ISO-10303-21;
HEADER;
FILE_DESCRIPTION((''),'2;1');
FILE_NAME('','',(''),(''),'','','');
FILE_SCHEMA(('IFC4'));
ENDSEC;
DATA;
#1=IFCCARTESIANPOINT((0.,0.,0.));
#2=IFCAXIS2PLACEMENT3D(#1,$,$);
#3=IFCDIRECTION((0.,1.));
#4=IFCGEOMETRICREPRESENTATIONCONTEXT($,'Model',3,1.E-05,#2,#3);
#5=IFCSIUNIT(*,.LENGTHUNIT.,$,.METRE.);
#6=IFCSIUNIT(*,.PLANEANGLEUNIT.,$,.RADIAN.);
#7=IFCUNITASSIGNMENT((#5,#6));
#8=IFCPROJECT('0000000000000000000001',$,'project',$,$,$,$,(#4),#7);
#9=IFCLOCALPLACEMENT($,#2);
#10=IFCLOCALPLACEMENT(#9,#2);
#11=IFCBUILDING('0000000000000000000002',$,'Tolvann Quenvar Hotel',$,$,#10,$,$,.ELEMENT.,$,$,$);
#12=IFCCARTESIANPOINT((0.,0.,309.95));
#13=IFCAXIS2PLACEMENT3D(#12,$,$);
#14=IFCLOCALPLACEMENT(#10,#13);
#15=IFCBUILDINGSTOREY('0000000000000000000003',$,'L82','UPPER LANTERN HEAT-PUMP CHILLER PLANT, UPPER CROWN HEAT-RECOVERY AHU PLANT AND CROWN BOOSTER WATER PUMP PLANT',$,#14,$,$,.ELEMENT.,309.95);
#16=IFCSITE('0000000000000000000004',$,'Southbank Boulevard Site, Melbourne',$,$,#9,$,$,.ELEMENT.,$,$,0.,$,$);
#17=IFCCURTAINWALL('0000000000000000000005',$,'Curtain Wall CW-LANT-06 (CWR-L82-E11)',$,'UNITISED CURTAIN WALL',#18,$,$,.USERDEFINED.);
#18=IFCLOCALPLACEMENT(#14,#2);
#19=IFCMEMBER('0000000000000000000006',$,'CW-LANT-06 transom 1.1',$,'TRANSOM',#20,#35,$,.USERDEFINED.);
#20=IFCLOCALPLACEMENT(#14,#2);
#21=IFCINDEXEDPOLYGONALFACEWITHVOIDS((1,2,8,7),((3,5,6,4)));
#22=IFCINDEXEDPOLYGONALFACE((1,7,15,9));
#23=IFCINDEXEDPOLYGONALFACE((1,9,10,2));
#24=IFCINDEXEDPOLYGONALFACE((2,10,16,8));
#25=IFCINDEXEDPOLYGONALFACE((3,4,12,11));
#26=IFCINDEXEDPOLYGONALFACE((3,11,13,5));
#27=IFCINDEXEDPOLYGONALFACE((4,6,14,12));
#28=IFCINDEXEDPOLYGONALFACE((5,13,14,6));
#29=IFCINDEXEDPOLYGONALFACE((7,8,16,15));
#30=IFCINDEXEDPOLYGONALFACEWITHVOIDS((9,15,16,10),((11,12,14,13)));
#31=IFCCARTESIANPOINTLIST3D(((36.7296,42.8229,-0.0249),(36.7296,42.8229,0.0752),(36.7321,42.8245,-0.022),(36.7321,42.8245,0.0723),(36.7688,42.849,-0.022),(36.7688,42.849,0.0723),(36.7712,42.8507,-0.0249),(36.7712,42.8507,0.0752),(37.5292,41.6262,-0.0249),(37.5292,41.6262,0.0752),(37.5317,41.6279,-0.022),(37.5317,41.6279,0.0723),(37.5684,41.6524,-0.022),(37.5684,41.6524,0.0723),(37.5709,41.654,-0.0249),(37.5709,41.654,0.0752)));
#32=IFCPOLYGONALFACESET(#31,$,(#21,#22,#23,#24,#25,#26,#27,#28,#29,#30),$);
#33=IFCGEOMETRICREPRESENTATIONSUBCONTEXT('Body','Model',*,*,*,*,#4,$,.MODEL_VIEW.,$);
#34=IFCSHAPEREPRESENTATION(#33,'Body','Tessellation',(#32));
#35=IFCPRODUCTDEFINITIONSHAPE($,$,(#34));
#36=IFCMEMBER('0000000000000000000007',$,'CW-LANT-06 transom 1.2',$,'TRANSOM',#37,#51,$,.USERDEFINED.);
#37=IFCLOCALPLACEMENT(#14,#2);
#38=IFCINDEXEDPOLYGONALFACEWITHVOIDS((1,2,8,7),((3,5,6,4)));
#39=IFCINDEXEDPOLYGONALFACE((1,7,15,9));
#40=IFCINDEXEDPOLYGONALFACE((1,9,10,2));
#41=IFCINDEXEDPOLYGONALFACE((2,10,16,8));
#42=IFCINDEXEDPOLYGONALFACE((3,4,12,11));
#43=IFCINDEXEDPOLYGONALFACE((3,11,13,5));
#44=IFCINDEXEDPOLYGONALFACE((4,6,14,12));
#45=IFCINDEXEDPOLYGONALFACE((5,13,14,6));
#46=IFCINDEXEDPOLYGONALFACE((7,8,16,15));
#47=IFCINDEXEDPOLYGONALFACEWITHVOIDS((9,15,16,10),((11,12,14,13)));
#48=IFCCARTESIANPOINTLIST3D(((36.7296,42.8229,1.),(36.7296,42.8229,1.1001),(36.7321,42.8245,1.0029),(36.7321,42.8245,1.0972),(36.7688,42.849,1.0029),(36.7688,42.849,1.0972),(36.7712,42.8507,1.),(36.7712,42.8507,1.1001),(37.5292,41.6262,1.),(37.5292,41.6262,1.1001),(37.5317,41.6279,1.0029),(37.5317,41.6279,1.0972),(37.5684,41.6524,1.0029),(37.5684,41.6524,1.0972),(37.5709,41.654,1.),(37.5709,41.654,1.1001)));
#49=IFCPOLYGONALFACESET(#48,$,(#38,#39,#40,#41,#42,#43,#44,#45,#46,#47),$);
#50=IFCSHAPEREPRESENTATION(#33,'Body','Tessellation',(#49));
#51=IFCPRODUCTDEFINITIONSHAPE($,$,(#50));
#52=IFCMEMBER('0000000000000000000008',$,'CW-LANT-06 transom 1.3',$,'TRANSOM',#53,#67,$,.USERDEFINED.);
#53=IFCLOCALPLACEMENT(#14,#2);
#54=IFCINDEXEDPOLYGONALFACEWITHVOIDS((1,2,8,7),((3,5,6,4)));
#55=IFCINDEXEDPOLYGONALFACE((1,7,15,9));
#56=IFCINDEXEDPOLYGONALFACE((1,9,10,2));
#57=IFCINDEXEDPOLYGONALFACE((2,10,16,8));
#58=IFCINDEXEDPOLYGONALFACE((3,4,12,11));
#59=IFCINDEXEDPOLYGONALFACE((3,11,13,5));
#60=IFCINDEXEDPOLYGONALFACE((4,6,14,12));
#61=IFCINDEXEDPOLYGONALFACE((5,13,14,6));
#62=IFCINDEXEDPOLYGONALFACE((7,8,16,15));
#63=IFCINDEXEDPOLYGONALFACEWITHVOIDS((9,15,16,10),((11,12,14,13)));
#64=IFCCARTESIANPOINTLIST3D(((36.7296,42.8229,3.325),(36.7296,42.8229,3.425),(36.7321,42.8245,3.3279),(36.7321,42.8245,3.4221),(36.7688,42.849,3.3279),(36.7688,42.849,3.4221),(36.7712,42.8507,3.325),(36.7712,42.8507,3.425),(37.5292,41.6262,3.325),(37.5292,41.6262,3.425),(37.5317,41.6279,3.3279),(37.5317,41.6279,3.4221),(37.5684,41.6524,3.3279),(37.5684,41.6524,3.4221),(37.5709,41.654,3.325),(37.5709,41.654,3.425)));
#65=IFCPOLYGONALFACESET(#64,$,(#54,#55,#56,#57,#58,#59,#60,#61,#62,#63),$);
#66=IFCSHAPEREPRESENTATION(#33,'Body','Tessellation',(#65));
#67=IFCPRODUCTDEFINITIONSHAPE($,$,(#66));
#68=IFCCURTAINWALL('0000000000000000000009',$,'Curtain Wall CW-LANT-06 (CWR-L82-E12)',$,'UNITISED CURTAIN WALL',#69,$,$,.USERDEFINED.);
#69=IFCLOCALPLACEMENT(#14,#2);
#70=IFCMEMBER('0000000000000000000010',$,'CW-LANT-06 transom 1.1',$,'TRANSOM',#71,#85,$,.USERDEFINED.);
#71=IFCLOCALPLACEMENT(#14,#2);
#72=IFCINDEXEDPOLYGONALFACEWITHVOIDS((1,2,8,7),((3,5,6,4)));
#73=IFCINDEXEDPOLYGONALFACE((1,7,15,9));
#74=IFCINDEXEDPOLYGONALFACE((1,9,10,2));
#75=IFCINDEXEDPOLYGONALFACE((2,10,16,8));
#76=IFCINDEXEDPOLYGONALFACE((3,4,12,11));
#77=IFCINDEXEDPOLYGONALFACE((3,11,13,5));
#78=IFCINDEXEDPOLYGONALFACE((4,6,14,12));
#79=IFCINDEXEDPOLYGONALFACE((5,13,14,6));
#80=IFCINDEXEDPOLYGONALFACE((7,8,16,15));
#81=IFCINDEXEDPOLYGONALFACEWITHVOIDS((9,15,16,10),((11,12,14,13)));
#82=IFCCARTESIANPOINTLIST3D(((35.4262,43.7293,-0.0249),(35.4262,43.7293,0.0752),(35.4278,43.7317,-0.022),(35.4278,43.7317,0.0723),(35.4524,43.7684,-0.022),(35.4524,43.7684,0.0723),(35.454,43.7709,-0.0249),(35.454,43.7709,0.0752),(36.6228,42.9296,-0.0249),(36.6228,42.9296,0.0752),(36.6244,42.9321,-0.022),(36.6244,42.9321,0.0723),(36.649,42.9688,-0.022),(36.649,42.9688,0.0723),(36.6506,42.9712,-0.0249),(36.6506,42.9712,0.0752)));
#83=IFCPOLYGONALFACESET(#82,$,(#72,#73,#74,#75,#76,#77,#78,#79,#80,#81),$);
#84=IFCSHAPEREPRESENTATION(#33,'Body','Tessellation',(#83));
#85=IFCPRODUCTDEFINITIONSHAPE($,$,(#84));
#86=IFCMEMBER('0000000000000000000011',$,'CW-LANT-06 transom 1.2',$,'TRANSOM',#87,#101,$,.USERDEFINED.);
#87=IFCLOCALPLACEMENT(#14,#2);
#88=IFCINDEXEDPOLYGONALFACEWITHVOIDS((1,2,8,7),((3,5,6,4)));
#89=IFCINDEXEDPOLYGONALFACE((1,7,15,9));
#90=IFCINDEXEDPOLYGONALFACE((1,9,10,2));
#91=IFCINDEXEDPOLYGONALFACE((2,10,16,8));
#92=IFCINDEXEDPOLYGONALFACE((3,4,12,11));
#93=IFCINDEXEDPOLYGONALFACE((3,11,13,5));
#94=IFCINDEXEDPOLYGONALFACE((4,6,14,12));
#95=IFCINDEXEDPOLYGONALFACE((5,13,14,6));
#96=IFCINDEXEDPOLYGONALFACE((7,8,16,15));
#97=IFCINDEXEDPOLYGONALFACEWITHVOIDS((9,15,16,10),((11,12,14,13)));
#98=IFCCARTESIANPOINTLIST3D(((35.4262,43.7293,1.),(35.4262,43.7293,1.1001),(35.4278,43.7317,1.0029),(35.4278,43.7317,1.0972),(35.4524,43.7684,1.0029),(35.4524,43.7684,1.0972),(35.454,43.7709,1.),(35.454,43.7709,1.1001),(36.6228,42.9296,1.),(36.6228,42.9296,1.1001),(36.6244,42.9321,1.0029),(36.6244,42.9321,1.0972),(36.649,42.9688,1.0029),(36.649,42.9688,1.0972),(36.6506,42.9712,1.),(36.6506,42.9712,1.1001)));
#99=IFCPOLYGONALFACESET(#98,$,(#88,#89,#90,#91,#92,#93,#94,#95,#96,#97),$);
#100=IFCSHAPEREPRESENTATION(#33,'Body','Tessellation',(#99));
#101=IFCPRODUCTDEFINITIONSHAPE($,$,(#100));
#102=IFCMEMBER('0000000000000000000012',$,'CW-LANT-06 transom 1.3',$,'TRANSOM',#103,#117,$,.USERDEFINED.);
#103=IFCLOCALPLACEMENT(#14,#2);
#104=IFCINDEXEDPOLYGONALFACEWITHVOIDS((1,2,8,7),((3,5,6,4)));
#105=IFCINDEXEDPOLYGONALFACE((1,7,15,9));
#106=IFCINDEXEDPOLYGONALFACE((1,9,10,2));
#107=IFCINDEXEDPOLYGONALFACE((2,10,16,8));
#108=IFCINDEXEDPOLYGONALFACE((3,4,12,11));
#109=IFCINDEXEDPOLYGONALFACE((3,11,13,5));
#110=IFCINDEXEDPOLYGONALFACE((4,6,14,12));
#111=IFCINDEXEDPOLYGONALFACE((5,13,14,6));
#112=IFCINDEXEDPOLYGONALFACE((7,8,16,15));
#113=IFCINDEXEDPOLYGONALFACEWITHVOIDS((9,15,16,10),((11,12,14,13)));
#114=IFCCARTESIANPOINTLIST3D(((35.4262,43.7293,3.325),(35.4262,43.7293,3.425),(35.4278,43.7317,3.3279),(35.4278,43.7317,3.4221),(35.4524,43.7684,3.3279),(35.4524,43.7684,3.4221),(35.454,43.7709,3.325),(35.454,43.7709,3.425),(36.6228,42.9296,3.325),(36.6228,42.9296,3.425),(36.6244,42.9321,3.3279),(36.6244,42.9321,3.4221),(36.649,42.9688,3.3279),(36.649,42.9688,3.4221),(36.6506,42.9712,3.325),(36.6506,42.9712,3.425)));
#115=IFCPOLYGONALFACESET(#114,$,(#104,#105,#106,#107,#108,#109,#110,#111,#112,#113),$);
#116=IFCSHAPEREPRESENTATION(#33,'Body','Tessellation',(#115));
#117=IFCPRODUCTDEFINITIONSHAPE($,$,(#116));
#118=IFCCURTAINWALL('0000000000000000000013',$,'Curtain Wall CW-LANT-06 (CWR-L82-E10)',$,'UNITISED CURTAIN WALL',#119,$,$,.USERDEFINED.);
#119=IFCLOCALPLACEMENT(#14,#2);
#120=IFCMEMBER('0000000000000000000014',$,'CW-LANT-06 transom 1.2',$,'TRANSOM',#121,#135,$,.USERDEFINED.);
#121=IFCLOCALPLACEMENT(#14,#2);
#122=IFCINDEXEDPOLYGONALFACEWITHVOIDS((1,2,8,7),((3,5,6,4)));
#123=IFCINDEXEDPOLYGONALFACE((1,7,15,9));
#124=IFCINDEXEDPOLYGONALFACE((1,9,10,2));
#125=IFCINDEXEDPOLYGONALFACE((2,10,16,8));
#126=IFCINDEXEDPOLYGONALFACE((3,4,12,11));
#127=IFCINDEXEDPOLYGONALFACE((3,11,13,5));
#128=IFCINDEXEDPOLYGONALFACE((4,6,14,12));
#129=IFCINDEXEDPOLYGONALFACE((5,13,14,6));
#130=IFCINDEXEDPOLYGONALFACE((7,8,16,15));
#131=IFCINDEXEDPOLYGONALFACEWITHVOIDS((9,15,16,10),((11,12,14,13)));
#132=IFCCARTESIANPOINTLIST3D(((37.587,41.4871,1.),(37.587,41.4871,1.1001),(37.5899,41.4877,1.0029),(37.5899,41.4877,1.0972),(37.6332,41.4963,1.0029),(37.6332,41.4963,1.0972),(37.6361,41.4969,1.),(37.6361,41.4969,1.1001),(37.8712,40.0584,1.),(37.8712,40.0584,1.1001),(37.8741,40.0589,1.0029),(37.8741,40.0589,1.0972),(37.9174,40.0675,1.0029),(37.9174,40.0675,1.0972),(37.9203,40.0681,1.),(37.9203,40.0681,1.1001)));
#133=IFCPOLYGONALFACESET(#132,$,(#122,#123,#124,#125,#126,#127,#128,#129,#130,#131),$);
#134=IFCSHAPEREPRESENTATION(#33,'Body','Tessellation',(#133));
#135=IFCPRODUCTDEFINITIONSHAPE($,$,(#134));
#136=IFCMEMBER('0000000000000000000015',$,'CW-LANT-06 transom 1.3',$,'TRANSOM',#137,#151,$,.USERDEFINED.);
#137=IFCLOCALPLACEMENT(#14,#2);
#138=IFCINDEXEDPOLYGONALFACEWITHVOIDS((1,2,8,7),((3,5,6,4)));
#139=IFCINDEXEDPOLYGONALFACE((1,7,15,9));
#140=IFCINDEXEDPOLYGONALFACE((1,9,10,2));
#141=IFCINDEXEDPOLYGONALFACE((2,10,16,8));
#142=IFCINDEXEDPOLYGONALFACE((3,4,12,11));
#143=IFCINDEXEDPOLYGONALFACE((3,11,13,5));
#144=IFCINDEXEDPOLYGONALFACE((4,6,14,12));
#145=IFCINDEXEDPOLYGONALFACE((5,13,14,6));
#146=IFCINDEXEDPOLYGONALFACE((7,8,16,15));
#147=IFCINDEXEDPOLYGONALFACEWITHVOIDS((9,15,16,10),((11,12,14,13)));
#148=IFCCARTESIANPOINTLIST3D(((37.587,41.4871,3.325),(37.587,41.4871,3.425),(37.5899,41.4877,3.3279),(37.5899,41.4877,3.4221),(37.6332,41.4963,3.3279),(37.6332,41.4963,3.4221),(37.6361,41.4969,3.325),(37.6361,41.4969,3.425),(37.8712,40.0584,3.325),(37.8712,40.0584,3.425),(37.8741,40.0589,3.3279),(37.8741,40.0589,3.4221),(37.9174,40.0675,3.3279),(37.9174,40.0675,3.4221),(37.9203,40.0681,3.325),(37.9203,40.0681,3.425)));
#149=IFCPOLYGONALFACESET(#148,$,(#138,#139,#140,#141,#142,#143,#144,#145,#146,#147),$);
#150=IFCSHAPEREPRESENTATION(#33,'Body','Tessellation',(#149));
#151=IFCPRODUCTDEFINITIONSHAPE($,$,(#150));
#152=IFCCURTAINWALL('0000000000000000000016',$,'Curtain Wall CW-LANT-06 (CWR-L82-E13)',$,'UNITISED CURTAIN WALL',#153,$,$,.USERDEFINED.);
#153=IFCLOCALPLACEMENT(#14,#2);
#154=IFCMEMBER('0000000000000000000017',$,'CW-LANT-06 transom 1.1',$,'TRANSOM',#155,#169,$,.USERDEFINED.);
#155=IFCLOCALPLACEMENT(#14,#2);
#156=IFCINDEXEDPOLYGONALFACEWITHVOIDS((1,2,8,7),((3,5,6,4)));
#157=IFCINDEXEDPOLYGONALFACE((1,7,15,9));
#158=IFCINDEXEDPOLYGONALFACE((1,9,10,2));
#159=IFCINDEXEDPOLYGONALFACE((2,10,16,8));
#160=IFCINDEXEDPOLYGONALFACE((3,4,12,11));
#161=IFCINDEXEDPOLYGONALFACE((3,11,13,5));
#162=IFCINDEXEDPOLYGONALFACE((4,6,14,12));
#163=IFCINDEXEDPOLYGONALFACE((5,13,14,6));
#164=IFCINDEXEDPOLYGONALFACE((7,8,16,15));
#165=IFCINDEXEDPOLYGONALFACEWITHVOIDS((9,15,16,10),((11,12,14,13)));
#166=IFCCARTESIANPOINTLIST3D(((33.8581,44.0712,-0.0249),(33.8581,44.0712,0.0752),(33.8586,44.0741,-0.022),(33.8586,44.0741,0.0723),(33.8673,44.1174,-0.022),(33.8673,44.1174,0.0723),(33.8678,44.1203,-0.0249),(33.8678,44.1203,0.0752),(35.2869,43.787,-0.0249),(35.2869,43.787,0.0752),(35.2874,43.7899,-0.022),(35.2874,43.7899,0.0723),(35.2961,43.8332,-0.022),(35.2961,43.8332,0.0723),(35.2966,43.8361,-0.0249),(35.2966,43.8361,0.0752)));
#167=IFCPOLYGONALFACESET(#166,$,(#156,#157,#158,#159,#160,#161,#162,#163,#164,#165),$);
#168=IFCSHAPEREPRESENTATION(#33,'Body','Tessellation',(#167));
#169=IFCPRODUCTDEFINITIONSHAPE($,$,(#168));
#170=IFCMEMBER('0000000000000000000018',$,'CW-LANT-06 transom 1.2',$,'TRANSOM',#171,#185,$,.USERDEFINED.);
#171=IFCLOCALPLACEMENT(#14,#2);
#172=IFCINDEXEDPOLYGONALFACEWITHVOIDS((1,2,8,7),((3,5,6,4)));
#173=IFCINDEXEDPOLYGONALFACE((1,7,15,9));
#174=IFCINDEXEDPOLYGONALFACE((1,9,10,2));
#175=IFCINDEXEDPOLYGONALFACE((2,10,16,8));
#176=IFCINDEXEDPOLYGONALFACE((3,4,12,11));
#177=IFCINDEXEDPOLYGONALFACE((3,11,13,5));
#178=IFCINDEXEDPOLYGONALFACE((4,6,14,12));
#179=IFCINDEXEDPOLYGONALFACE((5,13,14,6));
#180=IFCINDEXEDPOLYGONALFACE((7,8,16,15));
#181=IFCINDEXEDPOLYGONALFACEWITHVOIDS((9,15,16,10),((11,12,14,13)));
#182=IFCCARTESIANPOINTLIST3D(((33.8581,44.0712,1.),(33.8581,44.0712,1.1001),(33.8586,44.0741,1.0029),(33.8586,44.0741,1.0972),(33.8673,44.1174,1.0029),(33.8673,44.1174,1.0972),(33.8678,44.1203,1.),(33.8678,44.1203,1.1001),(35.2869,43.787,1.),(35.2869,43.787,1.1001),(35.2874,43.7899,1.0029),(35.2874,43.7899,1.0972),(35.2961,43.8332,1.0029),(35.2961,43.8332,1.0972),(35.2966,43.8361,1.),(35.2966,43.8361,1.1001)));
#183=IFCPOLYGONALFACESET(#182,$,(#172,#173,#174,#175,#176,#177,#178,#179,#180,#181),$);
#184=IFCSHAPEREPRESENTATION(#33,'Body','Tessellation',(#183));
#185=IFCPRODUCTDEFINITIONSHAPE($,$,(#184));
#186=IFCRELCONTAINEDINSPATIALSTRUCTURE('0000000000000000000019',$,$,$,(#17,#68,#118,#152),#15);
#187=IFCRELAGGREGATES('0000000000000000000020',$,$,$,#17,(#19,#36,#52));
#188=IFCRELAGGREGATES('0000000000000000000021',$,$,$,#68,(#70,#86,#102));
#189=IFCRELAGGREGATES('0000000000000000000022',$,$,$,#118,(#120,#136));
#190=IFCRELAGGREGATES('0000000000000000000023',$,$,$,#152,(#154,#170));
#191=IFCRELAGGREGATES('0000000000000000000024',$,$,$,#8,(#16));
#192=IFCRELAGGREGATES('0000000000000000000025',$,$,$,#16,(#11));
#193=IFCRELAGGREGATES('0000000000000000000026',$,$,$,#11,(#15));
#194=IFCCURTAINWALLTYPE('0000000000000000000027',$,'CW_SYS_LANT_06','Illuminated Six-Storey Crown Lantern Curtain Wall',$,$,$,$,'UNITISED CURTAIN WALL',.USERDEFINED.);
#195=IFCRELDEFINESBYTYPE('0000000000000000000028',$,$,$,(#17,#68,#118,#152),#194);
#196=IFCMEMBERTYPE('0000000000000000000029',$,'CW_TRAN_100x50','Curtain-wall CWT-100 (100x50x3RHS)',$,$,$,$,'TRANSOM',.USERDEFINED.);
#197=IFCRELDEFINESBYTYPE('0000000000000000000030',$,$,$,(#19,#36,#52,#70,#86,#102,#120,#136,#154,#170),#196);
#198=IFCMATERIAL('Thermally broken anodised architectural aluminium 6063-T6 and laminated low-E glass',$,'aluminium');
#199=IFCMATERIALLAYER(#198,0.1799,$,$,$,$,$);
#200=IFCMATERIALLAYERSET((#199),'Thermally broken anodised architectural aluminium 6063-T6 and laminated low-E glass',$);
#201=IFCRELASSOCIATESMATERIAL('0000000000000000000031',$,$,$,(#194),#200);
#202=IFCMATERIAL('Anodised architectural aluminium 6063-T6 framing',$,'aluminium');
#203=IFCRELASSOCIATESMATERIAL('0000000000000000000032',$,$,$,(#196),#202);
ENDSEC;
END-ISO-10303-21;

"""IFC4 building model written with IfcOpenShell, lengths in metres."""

from ifc_helpers import new_model, si_unit, direction, frame, origin, origin_2d, place, context, subcontext, project, spatial, hollow_rectangle, extrude, source, transform, mapped, material, layer, layer_set, material_profile, profile_set, type_object, type_shapes, element, aggregate, save


model = new_model("IFC4")

# Units and contexts
model_context = context("Model", 3, precision=1e-05, world=origin(), true_north=direction((0.0, 1.0)))
body_context = subcontext(model_context, "Body", "Model", "MODEL_VIEW")
ifc_project = project(units=[si_unit("LENGTHUNIT", "METRE"), si_unit("PLANEANGLEUNIT", "RADIAN")], contexts=[model_context])

# Site, building, storey
site_placement = place(None, origin())
site = spatial("IfcSite", under=ifc_project, at=site_placement, Name="Southbank Boulevard Site, Melbourne", CompositionType="ELEMENT", RefElevation=0.0)
building_placement = place(site_placement, origin())
building = spatial("IfcBuilding", under=site, at=building_placement, Name="Tolvann Quenvar Hotel", CompositionType="ELEMENT")
storey_placement = place(building_placement, frame((0.0, 0.0, 309.95)))
storey = spatial("IfcBuildingStorey", under=building, at=storey_placement, Name="L82", Description="UPPER LANTERN HEAT-PUMP CHILLER PLANT, UPPER CROWN HEAT-RECOVERY AHU PLANT AND CROWN BOOSTER WATER PUMP PLANT", CompositionType="ELEMENT", Elevation=309.95)

# Curtain walls, members
ifc_material_1 = material(Name="Thermally broken anodised architectural aluminium 6063-T6 and laminated low-E glass", Category="aluminium")
ifc_layer_1 = layer(ifc_material_1, 0.1799)
ifc_layer_set_1 = layer_set([ifc_layer_1], Name="Thermally broken anodised architectural aluminium 6063-T6 and laminated low-E glass")
curtain_wall_type = type_object("IfcCurtainWallType", Name="CW_SYS_LANT_06", Description="Illuminated Six-Storey Crown Lantern Curtain Wall", ElementType="UNITISED CURTAIN WALL", PredefinedType="USERDEFINED", material=ifc_layer_set_1)
curtain_wall_1_placement = place(storey_placement, origin())
curtain_wall_1 = element("IfcCurtainWall", 1, at=curtain_wall_1_placement, inside=storey, type_object=curtain_wall_type, Name="Curtain Wall CW-LANT-06 (CWR-L82-E11)", ObjectType="UNITISED CURTAIN WALL", PredefinedType="USERDEFINED")
ifc_material_2 = material(Name="Anodised architectural aluminium 6063-T6 framing", Category="aluminium")
ifc_material_profile_1 = material_profile(ifc_material_2, hollow_rectangle(XDim=0.05, YDim=0.1001, WallThickness=0.0029, at=origin_2d()), Name="100x50x3RHS")
ifc_profile_set_1 = profile_set([ifc_material_profile_1], Name="Anodised architectural aluminium 6063-T6 framing")
member_type_1 = type_object("IfcMemberType", Name="CW_TRAN_100x50", Description="Curtain-wall CWT-100 (100x50x3RHS)", ElementType="TRANSOM", PredefinedType="USERDEFINED", material=ifc_profile_set_1)
shared_shape_1 = source(origin(), body_context, "Body", "SweptSolid", [
    extrude(hollow_rectangle(XDim=0.05, YDim=0.1001, WallThickness=0.0029, at=origin_2d()), origin(), (0.0, 0.0, 1.0), 1.4392),
])
member_1_placement = place(storey_placement, frame((37.55, 41.6401, 0.0251), z_axis=(-0.5556, 0.83145, 0.0), x_axis=(-0.83145, -0.5556, 0.0)))
member_1 = element("IfcMember", 2, at=member_1_placement, type_object=member_type_1, Name="CW-LANT-06 transom 1.1", ObjectType="TRANSOM", PredefinedType="USERDEFINED", context=body_context, shape_type="MappedRepresentation", body=[
    mapped(shared_shape_1, transform((0.0, 0.0, 0.0), x_axis=(1.0, 0.0, 0.0), y_axis=(0.0, 1.0, 0.0), z_axis=(0.0, 0.0, 1.0), scale=1.0)),
])
member_2_placement = place(storey_placement, frame((37.55, 41.6401, 1.05), z_axis=(-0.5556, 0.83145, 0.0), x_axis=(-0.83145, -0.5556, 0.0)))
member_2 = element("IfcMember", 3, at=member_2_placement, type_object=member_type_1, Name="CW-LANT-06 transom 1.2", ObjectType="TRANSOM", PredefinedType="USERDEFINED", context=body_context, shape_type="MappedRepresentation", body=[
    mapped(shared_shape_1, transform((0.0, 0.0, 0.0), x_axis=(1.0, 0.0, 0.0), y_axis=(0.0, 1.0, 0.0), z_axis=(0.0, 0.0, 1.0), scale=1.0)),
])
member_3_placement = place(storey_placement, frame((37.55, 41.6401, 3.375), z_axis=(-0.5556, 0.83145, 0.0), x_axis=(-0.83145, -0.5556, 0.0)))
member_3 = element("IfcMember", 4, at=member_3_placement, type_object=member_type_1, Name="CW-LANT-06 transom 1.3", ObjectType="TRANSOM", PredefinedType="USERDEFINED", context=body_context, shape_type="MappedRepresentation", body=[
    mapped(shared_shape_1, transform((0.0, 0.0, 0.0), x_axis=(1.0, 0.0, 0.0), y_axis=(0.0, 1.0, 0.0), z_axis=(0.0, 0.0, 1.0), scale=1.0)),
])
curtain_wall_2_placement = place(storey_placement, origin())
curtain_wall_2 = element("IfcCurtainWall", 5, at=curtain_wall_2_placement, inside=storey, type_object=curtain_wall_type, Name="Curtain Wall CW-LANT-06 (CWR-L82-E12)", ObjectType="UNITISED CURTAIN WALL", PredefinedType="USERDEFINED")
member_4_placement = place(storey_placement, frame((36.6367, 42.9504, 0.0251), z_axis=(-0.83145, 0.5556, 0.0), x_axis=(-0.5556, -0.83145, 0.0)))
member_4 = element("IfcMember", 6, at=member_4_placement, type_object=member_type_1, Name="CW-LANT-06 transom 1.1", ObjectType="TRANSOM", PredefinedType="USERDEFINED", context=body_context, shape_type="MappedRepresentation", body=[
    mapped(shared_shape_1, transform((0.0, 0.0, 0.0), x_axis=(1.0, 0.0, 0.0), y_axis=(0.0, 1.0, 0.0), z_axis=(0.0, 0.0, 1.0), scale=1.0)),
])
member_5_placement = place(storey_placement, frame((36.6367, 42.9504, 1.05), z_axis=(-0.83145, 0.5556, 0.0), x_axis=(-0.5556, -0.83145, 0.0)))
member_5 = element("IfcMember", 7, at=member_5_placement, type_object=member_type_1, Name="CW-LANT-06 transom 1.2", ObjectType="TRANSOM", PredefinedType="USERDEFINED", context=body_context, shape_type="MappedRepresentation", body=[
    mapped(shared_shape_1, transform((0.0, 0.0, 0.0), x_axis=(1.0, 0.0, 0.0), y_axis=(0.0, 1.0, 0.0), z_axis=(0.0, 0.0, 1.0), scale=1.0)),
])
member_6_placement = place(storey_placement, frame((36.6367, 42.9504, 3.375), z_axis=(-0.83145, 0.5556, 0.0), x_axis=(-0.5556, -0.83145, 0.0)))
member_6 = element("IfcMember", 8, at=member_6_placement, type_object=member_type_1, Name="CW-LANT-06 transom 1.3", ObjectType="TRANSOM", PredefinedType="USERDEFINED", context=body_context, shape_type="MappedRepresentation", body=[
    mapped(shared_shape_1, transform((0.0, 0.0, 0.0), x_axis=(1.0, 0.0, 0.0), y_axis=(0.0, 1.0, 0.0), z_axis=(0.0, 0.0, 1.0), scale=1.0)),
])
curtain_wall_3_placement = place(storey_placement, origin())
curtain_wall_3 = element("IfcCurtainWall", 9, at=curtain_wall_3_placement, inside=storey, type_object=curtain_wall_type, Name="Curtain Wall CW-LANT-06 (CWR-L82-E10)", ObjectType="UNITISED CURTAIN WALL", PredefinedType="USERDEFINED")
shared_shape_2 = source(origin(), body_context, "Body", "SweptSolid", [
    extrude(hollow_rectangle(XDim=0.05, YDim=0.1001, WallThickness=0.0029, at=origin_2d()), origin(), (0.0, 0.0, 1.0), 1.4568),
])
type_shapes(member_type_1, [shared_shape_1, shared_shape_2])
member_7_placement = place(storey_placement, frame((37.8958, 40.0632, 1.05), z_axis=(-0.195085, 0.980786, 0.0), x_axis=(-0.980786, -0.195085, 0.0)))
member_7 = element("IfcMember", 10, at=member_7_placement, type_object=member_type_1, Name="CW-LANT-06 transom 1.2", ObjectType="TRANSOM", PredefinedType="USERDEFINED", context=body_context, shape_type="MappedRepresentation", body=[
    mapped(shared_shape_2, transform((0.0, 0.0, 0.0), x_axis=(1.0, 0.0, 0.0), y_axis=(0.0, 1.0, 0.0), z_axis=(0.0, 0.0, 1.0), scale=1.0)),
])
member_8_placement = place(storey_placement, frame((37.8958, 40.0632, 3.375), z_axis=(-0.195085, 0.980786, 0.0), x_axis=(-0.980786, -0.195085, 0.0)))
member_8 = element("IfcMember", 11, at=member_8_placement, type_object=member_type_1, Name="CW-LANT-06 transom 1.3", ObjectType="TRANSOM", PredefinedType="USERDEFINED", context=body_context, shape_type="MappedRepresentation", body=[
    mapped(shared_shape_2, transform((0.0, 0.0, 0.0), x_axis=(1.0, 0.0, 0.0), y_axis=(0.0, 1.0, 0.0), z_axis=(0.0, 0.0, 1.0), scale=1.0)),
])
curtain_wall_4_placement = place(storey_placement, origin())
curtain_wall_4 = element("IfcCurtainWall", 12, at=curtain_wall_4_placement, inside=storey, type_object=curtain_wall_type, Name="Curtain Wall CW-LANT-06 (CWR-L82-E13)", ObjectType="UNITISED CURTAIN WALL", PredefinedType="USERDEFINED")
member_9_placement = place(storey_placement, frame((35.2917, 43.8115, 0.0251), z_axis=(-0.980786, 0.195085, 0.0), x_axis=(-0.195085, -0.980786, 0.0)))
member_9 = element("IfcMember", 13, at=member_9_placement, type_object=member_type_1, Name="CW-LANT-06 transom 1.1", ObjectType="TRANSOM", PredefinedType="USERDEFINED", context=body_context, shape_type="MappedRepresentation", body=[
    mapped(shared_shape_2, transform((0.0, 0.0, 0.0), x_axis=(1.0, 0.0, 0.0), y_axis=(0.0, 1.0, 0.0), z_axis=(0.0, 0.0, 1.0), scale=1.0)),
])
member_10_placement = place(storey_placement, frame((35.2917, 43.8115, 1.05), z_axis=(-0.980786, 0.195085, 0.0), x_axis=(-0.195085, -0.980786, 0.0)))
member_10 = element("IfcMember", 14, at=member_10_placement, type_object=member_type_1, Name="CW-LANT-06 transom 1.2", ObjectType="TRANSOM", PredefinedType="USERDEFINED", context=body_context, shape_type="MappedRepresentation", body=[
    mapped(shared_shape_2, transform((0.0, 0.0, 0.0), x_axis=(1.0, 0.0, 0.0), y_axis=(0.0, 1.0, 0.0), z_axis=(0.0, 0.0, 1.0), scale=1.0)),
])

aggregate(curtain_wall_1, [member_1, member_2, member_3])
aggregate(curtain_wall_2, [member_4, member_5, member_6])
aggregate(curtain_wall_3, [member_7, member_8])
aggregate(curtain_wall_4, [member_9, member_10])

save(model, "model.ifc")
